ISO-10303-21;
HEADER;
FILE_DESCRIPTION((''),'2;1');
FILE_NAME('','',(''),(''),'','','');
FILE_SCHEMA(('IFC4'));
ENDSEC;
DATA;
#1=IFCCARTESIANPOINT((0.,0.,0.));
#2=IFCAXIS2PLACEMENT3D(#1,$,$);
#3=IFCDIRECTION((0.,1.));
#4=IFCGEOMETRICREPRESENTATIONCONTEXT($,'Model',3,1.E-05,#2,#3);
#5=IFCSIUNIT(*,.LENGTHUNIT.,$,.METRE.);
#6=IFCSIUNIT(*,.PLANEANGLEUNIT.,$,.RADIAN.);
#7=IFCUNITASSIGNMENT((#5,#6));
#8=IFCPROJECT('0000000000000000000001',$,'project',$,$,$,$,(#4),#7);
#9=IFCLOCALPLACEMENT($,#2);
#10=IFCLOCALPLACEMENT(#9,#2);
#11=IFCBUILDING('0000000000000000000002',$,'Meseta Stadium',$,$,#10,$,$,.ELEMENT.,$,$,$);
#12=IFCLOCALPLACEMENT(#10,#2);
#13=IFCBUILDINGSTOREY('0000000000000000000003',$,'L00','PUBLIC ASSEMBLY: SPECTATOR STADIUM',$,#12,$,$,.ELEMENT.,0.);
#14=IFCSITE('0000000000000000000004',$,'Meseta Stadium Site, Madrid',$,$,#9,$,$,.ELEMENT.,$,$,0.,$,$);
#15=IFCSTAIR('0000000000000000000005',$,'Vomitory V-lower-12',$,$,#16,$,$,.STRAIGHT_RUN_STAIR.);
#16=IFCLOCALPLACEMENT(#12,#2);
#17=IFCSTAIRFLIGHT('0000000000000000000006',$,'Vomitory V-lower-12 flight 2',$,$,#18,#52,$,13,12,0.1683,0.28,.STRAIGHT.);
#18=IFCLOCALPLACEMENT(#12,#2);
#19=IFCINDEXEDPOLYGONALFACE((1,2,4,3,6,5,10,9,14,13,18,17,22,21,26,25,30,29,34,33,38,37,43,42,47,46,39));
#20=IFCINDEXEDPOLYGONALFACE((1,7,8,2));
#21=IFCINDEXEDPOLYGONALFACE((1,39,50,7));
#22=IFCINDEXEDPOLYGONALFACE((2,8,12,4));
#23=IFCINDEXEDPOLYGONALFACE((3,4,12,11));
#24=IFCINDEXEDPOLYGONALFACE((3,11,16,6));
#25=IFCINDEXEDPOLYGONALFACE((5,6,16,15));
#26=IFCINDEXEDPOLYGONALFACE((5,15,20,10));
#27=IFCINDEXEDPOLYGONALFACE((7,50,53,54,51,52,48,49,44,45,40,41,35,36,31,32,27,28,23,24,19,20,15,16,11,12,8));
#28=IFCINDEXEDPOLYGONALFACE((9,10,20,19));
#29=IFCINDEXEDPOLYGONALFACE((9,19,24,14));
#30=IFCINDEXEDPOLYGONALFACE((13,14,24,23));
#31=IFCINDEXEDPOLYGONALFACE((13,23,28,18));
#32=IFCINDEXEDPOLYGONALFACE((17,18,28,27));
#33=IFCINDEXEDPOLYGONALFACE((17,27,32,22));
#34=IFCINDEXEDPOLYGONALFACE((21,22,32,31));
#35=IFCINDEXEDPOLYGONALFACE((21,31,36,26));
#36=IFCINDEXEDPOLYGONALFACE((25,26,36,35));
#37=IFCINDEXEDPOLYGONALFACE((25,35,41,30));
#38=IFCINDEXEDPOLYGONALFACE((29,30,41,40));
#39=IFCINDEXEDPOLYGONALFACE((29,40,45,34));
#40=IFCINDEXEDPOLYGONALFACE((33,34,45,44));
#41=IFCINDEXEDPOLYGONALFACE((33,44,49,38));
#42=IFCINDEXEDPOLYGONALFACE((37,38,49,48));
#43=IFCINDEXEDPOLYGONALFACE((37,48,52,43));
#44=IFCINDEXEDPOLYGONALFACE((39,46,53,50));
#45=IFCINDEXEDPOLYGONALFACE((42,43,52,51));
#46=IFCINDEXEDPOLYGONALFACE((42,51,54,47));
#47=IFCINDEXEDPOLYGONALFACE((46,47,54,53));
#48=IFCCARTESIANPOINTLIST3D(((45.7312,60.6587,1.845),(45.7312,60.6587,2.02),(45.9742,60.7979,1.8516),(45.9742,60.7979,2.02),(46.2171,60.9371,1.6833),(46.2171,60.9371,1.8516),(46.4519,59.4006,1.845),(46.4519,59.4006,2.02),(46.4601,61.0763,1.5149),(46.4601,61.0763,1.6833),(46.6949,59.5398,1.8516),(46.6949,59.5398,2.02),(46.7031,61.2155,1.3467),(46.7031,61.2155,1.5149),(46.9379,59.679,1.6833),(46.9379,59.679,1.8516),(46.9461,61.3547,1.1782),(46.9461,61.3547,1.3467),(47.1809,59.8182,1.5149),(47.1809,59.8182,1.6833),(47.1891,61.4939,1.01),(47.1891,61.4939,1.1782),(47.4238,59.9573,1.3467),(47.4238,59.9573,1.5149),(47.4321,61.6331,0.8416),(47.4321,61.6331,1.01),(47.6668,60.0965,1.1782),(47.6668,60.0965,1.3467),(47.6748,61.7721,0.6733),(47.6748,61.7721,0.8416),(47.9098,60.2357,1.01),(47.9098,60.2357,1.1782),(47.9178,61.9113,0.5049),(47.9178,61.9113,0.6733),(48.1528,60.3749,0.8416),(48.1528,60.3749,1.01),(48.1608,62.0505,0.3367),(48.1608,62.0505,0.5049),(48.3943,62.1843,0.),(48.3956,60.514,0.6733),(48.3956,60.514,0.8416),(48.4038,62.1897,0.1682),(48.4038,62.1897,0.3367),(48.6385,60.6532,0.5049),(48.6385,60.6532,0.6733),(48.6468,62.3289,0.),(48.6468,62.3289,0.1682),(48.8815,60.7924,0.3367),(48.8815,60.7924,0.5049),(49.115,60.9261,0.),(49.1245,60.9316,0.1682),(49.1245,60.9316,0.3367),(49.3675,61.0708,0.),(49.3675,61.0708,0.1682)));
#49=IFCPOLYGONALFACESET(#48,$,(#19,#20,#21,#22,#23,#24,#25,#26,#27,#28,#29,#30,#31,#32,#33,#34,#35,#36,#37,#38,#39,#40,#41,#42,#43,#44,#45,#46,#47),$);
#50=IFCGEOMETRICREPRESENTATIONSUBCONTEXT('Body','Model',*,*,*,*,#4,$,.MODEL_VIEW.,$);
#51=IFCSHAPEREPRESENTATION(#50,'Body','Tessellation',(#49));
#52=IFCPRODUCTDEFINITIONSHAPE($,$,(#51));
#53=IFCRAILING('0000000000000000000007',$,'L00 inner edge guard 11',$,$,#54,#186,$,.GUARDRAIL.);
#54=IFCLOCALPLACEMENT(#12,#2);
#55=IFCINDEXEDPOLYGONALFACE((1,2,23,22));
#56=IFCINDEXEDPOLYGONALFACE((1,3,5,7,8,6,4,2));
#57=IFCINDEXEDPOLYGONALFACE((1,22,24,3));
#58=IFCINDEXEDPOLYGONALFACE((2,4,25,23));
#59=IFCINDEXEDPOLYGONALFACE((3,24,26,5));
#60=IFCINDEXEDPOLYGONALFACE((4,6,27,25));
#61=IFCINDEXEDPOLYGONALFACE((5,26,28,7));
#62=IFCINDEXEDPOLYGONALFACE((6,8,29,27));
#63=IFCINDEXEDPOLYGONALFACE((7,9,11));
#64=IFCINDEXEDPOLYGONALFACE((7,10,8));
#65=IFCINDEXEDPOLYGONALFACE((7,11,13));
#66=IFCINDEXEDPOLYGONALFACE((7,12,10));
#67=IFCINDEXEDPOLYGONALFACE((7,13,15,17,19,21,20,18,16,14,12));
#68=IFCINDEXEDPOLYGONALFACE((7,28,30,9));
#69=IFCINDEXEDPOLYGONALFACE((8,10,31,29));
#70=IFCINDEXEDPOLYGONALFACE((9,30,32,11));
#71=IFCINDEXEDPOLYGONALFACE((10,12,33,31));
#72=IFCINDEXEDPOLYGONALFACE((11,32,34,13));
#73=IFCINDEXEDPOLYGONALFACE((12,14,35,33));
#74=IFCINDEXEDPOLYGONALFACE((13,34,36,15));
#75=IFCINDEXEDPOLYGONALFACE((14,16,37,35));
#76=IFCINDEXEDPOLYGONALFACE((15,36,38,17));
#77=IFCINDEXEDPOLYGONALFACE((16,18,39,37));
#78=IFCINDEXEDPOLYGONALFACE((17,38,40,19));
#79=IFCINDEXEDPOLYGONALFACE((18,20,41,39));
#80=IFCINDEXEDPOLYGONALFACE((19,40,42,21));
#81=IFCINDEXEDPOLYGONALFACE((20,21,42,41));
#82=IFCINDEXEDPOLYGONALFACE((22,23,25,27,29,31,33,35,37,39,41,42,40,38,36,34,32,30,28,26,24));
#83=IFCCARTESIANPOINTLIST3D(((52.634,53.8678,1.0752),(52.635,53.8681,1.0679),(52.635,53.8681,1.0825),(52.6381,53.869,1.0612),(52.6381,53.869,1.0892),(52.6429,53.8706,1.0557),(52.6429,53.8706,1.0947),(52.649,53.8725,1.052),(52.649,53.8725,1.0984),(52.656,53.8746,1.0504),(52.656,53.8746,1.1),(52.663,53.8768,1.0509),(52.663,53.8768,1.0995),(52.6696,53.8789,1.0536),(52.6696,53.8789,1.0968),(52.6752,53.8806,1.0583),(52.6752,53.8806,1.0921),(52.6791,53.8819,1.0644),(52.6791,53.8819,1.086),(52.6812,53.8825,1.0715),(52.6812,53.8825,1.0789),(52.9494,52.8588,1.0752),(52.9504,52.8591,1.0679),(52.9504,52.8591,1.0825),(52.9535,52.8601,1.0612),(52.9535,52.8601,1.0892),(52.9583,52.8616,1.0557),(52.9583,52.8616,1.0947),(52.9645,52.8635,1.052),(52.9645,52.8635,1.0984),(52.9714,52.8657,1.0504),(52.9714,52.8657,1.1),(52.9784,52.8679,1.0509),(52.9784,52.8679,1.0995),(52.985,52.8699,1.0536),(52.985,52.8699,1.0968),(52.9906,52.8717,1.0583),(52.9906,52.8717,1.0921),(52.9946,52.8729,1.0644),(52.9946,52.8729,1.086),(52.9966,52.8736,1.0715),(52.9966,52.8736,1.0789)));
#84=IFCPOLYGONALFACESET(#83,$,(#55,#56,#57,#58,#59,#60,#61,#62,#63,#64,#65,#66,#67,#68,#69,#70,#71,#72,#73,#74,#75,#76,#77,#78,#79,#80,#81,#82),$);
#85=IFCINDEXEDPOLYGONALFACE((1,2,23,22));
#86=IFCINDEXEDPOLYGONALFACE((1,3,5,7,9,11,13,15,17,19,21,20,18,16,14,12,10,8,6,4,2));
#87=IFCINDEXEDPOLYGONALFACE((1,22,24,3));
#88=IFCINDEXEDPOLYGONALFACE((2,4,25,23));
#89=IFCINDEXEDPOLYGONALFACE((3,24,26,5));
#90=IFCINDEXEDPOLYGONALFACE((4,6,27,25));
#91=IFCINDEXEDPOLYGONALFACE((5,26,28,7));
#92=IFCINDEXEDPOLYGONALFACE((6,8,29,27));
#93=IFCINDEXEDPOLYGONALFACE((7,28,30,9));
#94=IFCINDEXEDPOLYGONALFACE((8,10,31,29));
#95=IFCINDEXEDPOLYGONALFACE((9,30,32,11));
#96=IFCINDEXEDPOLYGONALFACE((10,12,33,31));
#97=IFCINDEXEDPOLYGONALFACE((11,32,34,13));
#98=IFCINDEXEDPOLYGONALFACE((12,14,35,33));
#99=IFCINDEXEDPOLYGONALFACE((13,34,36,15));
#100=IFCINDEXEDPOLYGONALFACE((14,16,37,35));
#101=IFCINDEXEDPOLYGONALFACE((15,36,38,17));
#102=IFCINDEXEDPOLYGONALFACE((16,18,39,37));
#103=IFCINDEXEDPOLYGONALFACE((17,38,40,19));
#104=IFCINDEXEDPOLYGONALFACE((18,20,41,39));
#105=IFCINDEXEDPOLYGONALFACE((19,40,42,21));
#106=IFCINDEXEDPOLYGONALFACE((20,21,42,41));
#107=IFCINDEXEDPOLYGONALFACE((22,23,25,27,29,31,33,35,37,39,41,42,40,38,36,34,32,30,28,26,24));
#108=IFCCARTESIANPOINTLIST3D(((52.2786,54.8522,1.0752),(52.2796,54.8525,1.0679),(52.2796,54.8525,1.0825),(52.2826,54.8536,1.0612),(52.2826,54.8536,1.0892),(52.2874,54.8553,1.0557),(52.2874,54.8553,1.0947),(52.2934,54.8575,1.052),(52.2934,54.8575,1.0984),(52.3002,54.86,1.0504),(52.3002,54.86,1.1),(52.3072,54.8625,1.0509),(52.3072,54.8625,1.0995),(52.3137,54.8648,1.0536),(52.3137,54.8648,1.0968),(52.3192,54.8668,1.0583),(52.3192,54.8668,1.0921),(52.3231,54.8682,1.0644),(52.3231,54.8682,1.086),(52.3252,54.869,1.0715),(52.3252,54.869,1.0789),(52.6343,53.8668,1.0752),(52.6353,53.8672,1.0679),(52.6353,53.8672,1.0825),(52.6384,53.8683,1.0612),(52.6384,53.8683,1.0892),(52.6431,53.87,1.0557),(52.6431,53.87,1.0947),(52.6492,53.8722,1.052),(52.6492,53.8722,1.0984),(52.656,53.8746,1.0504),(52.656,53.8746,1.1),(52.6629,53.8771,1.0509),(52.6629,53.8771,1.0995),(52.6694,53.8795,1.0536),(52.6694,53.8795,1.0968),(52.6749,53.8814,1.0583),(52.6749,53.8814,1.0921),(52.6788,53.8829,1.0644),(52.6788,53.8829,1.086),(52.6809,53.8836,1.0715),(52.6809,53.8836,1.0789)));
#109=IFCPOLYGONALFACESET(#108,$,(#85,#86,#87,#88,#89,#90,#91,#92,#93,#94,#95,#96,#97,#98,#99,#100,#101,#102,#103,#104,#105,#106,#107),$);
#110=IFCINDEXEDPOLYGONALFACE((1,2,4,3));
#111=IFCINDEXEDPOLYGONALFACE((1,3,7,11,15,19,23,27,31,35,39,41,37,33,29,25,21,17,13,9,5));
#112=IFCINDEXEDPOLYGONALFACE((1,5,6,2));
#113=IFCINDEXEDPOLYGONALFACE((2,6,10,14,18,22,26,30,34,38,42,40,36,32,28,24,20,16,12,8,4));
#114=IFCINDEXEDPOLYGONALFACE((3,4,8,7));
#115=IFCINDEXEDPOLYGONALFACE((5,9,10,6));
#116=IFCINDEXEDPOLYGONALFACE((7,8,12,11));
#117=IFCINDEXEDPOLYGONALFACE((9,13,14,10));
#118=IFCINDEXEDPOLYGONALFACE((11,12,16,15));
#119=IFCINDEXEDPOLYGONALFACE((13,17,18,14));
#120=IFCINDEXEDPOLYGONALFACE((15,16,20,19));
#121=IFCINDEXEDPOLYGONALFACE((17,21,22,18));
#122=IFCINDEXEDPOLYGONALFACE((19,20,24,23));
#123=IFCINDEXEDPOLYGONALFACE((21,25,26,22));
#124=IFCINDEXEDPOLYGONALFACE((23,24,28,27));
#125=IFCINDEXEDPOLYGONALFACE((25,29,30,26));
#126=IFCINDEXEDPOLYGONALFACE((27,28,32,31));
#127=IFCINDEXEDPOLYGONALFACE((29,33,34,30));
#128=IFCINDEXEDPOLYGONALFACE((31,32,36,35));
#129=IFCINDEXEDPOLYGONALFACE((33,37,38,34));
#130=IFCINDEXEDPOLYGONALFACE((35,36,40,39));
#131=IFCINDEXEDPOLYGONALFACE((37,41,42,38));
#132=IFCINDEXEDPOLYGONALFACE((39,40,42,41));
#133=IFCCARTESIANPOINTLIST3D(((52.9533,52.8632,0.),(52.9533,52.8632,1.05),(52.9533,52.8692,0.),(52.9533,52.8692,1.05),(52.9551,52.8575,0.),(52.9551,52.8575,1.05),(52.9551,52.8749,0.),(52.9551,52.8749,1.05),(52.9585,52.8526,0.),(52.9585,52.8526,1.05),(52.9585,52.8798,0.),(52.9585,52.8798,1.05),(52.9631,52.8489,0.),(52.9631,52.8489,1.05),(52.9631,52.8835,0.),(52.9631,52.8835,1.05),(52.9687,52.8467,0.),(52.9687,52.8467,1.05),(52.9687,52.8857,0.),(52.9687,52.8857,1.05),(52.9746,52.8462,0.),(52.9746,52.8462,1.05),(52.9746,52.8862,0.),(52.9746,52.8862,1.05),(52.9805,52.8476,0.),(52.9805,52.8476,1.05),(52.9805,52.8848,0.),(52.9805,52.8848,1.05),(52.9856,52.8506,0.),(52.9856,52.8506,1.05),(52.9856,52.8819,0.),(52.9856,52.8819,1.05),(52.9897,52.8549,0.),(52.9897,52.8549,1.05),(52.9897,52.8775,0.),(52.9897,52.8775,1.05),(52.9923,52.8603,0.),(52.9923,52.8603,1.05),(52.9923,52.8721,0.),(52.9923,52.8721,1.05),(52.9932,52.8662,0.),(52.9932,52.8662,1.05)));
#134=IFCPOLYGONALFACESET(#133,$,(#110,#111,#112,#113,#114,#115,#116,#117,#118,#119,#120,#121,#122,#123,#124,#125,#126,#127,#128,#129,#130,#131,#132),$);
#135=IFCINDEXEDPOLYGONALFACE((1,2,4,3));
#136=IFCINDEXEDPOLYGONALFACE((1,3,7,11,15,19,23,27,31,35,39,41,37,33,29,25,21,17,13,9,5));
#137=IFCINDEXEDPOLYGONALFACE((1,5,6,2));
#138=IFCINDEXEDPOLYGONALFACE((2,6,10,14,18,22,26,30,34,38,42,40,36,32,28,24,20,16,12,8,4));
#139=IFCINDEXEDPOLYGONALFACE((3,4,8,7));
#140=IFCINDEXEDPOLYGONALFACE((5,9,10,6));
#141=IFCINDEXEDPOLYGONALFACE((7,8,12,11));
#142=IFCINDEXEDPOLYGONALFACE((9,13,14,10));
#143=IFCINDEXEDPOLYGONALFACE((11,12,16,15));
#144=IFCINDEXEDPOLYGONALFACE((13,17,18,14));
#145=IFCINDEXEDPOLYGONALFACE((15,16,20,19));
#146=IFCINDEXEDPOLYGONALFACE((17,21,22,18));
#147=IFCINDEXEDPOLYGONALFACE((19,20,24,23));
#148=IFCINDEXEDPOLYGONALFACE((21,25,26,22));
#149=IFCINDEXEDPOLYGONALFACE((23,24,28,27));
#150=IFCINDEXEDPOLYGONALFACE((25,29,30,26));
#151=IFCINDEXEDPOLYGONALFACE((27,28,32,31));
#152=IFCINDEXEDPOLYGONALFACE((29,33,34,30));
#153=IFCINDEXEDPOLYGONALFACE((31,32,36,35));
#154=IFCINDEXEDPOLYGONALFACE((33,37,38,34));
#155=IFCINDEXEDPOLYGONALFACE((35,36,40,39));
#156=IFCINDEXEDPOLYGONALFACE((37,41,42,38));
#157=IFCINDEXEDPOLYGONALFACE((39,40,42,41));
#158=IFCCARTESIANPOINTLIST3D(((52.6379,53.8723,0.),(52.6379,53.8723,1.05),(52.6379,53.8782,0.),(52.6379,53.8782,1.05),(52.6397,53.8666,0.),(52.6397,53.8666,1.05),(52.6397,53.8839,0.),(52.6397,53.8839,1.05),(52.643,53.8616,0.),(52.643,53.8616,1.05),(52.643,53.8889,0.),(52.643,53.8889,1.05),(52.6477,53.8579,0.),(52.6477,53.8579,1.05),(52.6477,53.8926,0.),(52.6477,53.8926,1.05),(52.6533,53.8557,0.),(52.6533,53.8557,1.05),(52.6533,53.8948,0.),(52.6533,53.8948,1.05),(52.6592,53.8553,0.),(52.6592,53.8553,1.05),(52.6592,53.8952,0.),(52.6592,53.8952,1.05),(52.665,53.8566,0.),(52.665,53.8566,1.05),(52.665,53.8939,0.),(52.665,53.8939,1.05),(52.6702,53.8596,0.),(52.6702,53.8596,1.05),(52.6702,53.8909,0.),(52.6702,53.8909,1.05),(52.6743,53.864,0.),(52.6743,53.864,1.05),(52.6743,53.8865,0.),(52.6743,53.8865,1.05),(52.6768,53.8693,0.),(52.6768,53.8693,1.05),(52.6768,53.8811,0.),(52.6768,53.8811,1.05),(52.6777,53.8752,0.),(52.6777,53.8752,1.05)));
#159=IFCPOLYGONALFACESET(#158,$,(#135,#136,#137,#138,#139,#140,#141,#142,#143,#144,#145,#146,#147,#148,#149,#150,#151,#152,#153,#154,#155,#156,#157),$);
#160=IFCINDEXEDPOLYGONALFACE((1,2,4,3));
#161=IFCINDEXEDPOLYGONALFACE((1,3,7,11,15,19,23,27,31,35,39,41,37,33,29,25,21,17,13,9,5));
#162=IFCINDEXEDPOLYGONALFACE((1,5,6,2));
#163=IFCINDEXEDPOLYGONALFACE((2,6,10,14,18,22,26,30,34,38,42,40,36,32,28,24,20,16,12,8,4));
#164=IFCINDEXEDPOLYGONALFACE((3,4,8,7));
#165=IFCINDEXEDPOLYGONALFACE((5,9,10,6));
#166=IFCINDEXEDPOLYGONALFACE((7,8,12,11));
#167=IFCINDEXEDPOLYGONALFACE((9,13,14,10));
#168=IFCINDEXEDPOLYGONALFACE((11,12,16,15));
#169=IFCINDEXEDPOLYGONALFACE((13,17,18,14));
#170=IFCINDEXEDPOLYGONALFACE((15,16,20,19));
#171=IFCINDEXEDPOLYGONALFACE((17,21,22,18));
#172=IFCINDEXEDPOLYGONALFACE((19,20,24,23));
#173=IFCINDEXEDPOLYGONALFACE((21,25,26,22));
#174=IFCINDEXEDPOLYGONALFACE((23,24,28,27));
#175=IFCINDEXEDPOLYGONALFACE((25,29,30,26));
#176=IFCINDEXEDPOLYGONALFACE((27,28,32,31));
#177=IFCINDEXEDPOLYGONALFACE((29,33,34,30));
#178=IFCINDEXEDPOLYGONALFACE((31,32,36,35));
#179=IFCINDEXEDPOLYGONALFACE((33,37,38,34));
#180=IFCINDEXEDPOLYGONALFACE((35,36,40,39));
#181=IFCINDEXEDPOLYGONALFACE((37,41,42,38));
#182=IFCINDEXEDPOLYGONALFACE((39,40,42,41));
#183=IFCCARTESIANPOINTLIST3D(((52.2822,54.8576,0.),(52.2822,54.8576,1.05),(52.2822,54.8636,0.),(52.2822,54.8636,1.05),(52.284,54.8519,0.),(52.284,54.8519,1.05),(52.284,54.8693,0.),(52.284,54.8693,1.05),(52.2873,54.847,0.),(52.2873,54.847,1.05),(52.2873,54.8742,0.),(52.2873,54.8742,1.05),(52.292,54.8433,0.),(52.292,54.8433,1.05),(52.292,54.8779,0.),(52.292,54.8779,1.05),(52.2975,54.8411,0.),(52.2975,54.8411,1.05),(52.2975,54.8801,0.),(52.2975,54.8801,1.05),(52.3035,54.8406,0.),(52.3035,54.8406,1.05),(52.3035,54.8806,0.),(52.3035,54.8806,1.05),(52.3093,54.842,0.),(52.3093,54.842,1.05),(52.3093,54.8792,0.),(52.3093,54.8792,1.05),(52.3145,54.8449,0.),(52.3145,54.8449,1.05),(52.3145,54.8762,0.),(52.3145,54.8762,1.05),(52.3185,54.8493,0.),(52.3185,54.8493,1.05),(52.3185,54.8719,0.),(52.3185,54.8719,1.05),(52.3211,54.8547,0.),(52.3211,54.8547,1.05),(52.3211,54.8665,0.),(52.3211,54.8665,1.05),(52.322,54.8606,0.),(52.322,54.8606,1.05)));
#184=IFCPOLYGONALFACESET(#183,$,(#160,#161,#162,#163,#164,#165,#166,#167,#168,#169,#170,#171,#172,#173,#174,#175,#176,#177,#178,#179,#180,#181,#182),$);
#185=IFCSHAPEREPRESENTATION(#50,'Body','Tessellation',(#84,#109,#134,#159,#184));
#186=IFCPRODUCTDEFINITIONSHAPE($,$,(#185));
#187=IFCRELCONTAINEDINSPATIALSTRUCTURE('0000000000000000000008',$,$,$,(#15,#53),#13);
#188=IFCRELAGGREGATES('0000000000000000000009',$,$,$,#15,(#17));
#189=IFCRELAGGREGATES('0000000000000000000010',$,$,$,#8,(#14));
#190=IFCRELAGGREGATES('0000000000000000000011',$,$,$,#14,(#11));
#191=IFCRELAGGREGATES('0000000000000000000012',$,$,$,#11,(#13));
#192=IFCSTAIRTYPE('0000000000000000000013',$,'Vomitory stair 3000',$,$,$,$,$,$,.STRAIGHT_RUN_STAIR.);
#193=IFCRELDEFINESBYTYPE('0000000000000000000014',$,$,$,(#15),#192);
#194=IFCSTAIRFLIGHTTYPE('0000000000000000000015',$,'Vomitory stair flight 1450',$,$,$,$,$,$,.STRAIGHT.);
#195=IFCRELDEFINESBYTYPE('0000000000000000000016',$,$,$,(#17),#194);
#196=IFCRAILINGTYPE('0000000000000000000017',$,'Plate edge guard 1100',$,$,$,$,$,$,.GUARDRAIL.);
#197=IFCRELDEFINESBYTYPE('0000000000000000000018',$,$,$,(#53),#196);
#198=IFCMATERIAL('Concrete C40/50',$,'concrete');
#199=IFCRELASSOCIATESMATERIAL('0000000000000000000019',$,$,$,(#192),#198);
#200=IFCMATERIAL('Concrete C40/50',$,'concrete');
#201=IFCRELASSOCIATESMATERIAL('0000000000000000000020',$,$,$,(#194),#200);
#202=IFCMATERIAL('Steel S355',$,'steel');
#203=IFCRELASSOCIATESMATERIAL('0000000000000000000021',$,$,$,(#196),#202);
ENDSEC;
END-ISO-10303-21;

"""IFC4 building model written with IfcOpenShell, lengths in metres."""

from ifc_helpers import new_model, si_unit, direction, frame, origin, origin_2d, place, context, subcontext, project, spatial, polyline, circle, outline, extrude, material, type_object, element, aggregate, save


model = new_model("IFC4")

# Units and contexts
model_context = context("Model", 3, precision=1e-05, world=origin(), true_north=direction((0.0, 1.0)))
body_context = subcontext(model_context, "Body", "Model", "MODEL_VIEW")
ifc_project = project(units=[si_unit("LENGTHUNIT", "METRE"), si_unit("PLANEANGLEUNIT", "RADIAN")], contexts=[model_context])

# Site, building, storey
site_placement = place(None, origin())
site = spatial("IfcSite", under=ifc_project, at=site_placement, Name="Meseta Stadium Site, Madrid", CompositionType="ELEMENT", RefElevation=0.0)
building_placement = place(site_placement, origin())
building = spatial("IfcBuilding", under=site, at=building_placement, Name="Meseta Stadium", CompositionType="ELEMENT")
storey_placement = place(building_placement, origin())
storey = spatial("IfcBuildingStorey", under=building, at=storey_placement, Name="L00", Description="PUBLIC ASSEMBLY: SPECTATOR STADIUM", CompositionType="ELEMENT", Elevation=0.0)

# Shared definitions
ifc_material_1 = material(Name="Concrete C40/50", Category="concrete")
stair_type = type_object("IfcStairType", Name="Vomitory stair 3000", PredefinedType="STRAIGHT_RUN_STAIR", material=ifc_material_1)
ifc_material_2 = material(Name="Concrete C40/50", Category="concrete")
stair_flight_type = type_object("IfcStairFlightType", Name="Vomitory stair flight 1450", PredefinedType="STRAIGHT", material=ifc_material_2)

# Stair, stair flight
stair_1_placement = place(storey_placement, origin())
stair_1 = element("IfcStair", 1, at=stair_1_placement, inside=storey, type_object=stair_type, Name="Vomitory V-lower-12", PredefinedType="STRAIGHT_RUN_STAIR")
stair_flight_1_placement = place(storey_placement, frame((49.0071, 61.7, 0.0), z_axis=(0.0, 0.0, 1.0), x_axis=(-0.867712, -0.497068, 0.0)))
stair_flight_1 = element("IfcStairFlight", 2, at=stair_flight_1_placement, type_object=stair_flight_type, Name="Vomitory V-lower-12 flight 2", NumberOfRisers=13, NumberOfTreads=12, PredefinedType="STRAIGHT", RiserHeight=0.1683, TreadLength=0.28, context=body_context, shape_type="SweptSolid", body=[
    extrude(outline(polyline([(0.0, 0.0), (0.0, 0.1682), (0.28, 0.1682), (0.28, 0.3367), (0.5601, 0.3367), (0.5601, 0.5049), (0.8401, 0.5049), (0.8401, 0.6733), (1.1201, 0.6733), (1.1201, 0.8416), (1.3999, 0.8416), (1.3999, 1.01), (1.6799, 1.01), (1.6799, 1.1782), (1.96, 1.1782), (1.96, 1.3467), (2.24, 1.3467), (2.24, 1.5149), (2.52, 1.5149), (2.52, 1.6833), (2.8, 1.6833), (2.8, 1.8516), (3.0801, 1.8516), (3.0801, 2.02), (3.3601, 2.02), (3.3601, 1.845), (0.291, 0.0), (0.0, 0.0)])), frame((0.0, 0.7251, 0.0), z_axis=(0.0, -1.0, 0.0), x_axis=(1.0, 0.0, 0.0)), (0.0, 0.0, 1.0), 1.45),
])
aggregate(stair_1, [stair_flight_1])

# Railing
ifc_material_3 = material(Name="Steel S355", Category="steel")
railing_type_1 = type_object("IfcRailingType", Name="Plate edge guard 1100", PredefinedType="GUARDRAIL", material=ifc_material_3)
railing_1_placement = place(storey_placement, frame((52.9731, 52.8662, 0.0)))
element("IfcRailing", 3, at=railing_1_placement, inside=storey, type_object=railing_type_1, Name="L00 inner edge guard 11", PredefinedType="GUARDRAIL", context=body_context, shape_type="SweptSolid", body=[
    extrude(circle(Radius=0.0249, at=origin_2d()), frame((0.0, 0.0, 1.0752), z_axis=(-0.298367, 0.954451, 0.0), x_axis=(-0.954451, -0.298367, 0.0)), (0.0, 0.0, 1.0), 1.0571),
    extrude(circle(Radius=0.0249, at=origin_2d()), frame((-0.3154, 1.009, 1.0752), z_axis=(-0.339553, 0.940587, 0.0), x_axis=(-0.940587, -0.339553, 0.0)), (0.0, 0.0, 1.0), 1.0476),
    extrude(circle(Radius=0.02, at=origin_2d()), origin(), (0.0, 0.0, 1.0), 1.05),
    extrude(circle(Radius=0.02, at=origin_2d()), frame((-0.3154, 1.009, 0.0)), (0.0, 0.0, 1.0), 1.05),
    extrude(circle(Radius=0.02, at=origin_2d()), frame((-0.6711, 1.9944, 0.0)), (0.0, 0.0, 1.0), 1.05),
])

save(model, "model.ifc")
